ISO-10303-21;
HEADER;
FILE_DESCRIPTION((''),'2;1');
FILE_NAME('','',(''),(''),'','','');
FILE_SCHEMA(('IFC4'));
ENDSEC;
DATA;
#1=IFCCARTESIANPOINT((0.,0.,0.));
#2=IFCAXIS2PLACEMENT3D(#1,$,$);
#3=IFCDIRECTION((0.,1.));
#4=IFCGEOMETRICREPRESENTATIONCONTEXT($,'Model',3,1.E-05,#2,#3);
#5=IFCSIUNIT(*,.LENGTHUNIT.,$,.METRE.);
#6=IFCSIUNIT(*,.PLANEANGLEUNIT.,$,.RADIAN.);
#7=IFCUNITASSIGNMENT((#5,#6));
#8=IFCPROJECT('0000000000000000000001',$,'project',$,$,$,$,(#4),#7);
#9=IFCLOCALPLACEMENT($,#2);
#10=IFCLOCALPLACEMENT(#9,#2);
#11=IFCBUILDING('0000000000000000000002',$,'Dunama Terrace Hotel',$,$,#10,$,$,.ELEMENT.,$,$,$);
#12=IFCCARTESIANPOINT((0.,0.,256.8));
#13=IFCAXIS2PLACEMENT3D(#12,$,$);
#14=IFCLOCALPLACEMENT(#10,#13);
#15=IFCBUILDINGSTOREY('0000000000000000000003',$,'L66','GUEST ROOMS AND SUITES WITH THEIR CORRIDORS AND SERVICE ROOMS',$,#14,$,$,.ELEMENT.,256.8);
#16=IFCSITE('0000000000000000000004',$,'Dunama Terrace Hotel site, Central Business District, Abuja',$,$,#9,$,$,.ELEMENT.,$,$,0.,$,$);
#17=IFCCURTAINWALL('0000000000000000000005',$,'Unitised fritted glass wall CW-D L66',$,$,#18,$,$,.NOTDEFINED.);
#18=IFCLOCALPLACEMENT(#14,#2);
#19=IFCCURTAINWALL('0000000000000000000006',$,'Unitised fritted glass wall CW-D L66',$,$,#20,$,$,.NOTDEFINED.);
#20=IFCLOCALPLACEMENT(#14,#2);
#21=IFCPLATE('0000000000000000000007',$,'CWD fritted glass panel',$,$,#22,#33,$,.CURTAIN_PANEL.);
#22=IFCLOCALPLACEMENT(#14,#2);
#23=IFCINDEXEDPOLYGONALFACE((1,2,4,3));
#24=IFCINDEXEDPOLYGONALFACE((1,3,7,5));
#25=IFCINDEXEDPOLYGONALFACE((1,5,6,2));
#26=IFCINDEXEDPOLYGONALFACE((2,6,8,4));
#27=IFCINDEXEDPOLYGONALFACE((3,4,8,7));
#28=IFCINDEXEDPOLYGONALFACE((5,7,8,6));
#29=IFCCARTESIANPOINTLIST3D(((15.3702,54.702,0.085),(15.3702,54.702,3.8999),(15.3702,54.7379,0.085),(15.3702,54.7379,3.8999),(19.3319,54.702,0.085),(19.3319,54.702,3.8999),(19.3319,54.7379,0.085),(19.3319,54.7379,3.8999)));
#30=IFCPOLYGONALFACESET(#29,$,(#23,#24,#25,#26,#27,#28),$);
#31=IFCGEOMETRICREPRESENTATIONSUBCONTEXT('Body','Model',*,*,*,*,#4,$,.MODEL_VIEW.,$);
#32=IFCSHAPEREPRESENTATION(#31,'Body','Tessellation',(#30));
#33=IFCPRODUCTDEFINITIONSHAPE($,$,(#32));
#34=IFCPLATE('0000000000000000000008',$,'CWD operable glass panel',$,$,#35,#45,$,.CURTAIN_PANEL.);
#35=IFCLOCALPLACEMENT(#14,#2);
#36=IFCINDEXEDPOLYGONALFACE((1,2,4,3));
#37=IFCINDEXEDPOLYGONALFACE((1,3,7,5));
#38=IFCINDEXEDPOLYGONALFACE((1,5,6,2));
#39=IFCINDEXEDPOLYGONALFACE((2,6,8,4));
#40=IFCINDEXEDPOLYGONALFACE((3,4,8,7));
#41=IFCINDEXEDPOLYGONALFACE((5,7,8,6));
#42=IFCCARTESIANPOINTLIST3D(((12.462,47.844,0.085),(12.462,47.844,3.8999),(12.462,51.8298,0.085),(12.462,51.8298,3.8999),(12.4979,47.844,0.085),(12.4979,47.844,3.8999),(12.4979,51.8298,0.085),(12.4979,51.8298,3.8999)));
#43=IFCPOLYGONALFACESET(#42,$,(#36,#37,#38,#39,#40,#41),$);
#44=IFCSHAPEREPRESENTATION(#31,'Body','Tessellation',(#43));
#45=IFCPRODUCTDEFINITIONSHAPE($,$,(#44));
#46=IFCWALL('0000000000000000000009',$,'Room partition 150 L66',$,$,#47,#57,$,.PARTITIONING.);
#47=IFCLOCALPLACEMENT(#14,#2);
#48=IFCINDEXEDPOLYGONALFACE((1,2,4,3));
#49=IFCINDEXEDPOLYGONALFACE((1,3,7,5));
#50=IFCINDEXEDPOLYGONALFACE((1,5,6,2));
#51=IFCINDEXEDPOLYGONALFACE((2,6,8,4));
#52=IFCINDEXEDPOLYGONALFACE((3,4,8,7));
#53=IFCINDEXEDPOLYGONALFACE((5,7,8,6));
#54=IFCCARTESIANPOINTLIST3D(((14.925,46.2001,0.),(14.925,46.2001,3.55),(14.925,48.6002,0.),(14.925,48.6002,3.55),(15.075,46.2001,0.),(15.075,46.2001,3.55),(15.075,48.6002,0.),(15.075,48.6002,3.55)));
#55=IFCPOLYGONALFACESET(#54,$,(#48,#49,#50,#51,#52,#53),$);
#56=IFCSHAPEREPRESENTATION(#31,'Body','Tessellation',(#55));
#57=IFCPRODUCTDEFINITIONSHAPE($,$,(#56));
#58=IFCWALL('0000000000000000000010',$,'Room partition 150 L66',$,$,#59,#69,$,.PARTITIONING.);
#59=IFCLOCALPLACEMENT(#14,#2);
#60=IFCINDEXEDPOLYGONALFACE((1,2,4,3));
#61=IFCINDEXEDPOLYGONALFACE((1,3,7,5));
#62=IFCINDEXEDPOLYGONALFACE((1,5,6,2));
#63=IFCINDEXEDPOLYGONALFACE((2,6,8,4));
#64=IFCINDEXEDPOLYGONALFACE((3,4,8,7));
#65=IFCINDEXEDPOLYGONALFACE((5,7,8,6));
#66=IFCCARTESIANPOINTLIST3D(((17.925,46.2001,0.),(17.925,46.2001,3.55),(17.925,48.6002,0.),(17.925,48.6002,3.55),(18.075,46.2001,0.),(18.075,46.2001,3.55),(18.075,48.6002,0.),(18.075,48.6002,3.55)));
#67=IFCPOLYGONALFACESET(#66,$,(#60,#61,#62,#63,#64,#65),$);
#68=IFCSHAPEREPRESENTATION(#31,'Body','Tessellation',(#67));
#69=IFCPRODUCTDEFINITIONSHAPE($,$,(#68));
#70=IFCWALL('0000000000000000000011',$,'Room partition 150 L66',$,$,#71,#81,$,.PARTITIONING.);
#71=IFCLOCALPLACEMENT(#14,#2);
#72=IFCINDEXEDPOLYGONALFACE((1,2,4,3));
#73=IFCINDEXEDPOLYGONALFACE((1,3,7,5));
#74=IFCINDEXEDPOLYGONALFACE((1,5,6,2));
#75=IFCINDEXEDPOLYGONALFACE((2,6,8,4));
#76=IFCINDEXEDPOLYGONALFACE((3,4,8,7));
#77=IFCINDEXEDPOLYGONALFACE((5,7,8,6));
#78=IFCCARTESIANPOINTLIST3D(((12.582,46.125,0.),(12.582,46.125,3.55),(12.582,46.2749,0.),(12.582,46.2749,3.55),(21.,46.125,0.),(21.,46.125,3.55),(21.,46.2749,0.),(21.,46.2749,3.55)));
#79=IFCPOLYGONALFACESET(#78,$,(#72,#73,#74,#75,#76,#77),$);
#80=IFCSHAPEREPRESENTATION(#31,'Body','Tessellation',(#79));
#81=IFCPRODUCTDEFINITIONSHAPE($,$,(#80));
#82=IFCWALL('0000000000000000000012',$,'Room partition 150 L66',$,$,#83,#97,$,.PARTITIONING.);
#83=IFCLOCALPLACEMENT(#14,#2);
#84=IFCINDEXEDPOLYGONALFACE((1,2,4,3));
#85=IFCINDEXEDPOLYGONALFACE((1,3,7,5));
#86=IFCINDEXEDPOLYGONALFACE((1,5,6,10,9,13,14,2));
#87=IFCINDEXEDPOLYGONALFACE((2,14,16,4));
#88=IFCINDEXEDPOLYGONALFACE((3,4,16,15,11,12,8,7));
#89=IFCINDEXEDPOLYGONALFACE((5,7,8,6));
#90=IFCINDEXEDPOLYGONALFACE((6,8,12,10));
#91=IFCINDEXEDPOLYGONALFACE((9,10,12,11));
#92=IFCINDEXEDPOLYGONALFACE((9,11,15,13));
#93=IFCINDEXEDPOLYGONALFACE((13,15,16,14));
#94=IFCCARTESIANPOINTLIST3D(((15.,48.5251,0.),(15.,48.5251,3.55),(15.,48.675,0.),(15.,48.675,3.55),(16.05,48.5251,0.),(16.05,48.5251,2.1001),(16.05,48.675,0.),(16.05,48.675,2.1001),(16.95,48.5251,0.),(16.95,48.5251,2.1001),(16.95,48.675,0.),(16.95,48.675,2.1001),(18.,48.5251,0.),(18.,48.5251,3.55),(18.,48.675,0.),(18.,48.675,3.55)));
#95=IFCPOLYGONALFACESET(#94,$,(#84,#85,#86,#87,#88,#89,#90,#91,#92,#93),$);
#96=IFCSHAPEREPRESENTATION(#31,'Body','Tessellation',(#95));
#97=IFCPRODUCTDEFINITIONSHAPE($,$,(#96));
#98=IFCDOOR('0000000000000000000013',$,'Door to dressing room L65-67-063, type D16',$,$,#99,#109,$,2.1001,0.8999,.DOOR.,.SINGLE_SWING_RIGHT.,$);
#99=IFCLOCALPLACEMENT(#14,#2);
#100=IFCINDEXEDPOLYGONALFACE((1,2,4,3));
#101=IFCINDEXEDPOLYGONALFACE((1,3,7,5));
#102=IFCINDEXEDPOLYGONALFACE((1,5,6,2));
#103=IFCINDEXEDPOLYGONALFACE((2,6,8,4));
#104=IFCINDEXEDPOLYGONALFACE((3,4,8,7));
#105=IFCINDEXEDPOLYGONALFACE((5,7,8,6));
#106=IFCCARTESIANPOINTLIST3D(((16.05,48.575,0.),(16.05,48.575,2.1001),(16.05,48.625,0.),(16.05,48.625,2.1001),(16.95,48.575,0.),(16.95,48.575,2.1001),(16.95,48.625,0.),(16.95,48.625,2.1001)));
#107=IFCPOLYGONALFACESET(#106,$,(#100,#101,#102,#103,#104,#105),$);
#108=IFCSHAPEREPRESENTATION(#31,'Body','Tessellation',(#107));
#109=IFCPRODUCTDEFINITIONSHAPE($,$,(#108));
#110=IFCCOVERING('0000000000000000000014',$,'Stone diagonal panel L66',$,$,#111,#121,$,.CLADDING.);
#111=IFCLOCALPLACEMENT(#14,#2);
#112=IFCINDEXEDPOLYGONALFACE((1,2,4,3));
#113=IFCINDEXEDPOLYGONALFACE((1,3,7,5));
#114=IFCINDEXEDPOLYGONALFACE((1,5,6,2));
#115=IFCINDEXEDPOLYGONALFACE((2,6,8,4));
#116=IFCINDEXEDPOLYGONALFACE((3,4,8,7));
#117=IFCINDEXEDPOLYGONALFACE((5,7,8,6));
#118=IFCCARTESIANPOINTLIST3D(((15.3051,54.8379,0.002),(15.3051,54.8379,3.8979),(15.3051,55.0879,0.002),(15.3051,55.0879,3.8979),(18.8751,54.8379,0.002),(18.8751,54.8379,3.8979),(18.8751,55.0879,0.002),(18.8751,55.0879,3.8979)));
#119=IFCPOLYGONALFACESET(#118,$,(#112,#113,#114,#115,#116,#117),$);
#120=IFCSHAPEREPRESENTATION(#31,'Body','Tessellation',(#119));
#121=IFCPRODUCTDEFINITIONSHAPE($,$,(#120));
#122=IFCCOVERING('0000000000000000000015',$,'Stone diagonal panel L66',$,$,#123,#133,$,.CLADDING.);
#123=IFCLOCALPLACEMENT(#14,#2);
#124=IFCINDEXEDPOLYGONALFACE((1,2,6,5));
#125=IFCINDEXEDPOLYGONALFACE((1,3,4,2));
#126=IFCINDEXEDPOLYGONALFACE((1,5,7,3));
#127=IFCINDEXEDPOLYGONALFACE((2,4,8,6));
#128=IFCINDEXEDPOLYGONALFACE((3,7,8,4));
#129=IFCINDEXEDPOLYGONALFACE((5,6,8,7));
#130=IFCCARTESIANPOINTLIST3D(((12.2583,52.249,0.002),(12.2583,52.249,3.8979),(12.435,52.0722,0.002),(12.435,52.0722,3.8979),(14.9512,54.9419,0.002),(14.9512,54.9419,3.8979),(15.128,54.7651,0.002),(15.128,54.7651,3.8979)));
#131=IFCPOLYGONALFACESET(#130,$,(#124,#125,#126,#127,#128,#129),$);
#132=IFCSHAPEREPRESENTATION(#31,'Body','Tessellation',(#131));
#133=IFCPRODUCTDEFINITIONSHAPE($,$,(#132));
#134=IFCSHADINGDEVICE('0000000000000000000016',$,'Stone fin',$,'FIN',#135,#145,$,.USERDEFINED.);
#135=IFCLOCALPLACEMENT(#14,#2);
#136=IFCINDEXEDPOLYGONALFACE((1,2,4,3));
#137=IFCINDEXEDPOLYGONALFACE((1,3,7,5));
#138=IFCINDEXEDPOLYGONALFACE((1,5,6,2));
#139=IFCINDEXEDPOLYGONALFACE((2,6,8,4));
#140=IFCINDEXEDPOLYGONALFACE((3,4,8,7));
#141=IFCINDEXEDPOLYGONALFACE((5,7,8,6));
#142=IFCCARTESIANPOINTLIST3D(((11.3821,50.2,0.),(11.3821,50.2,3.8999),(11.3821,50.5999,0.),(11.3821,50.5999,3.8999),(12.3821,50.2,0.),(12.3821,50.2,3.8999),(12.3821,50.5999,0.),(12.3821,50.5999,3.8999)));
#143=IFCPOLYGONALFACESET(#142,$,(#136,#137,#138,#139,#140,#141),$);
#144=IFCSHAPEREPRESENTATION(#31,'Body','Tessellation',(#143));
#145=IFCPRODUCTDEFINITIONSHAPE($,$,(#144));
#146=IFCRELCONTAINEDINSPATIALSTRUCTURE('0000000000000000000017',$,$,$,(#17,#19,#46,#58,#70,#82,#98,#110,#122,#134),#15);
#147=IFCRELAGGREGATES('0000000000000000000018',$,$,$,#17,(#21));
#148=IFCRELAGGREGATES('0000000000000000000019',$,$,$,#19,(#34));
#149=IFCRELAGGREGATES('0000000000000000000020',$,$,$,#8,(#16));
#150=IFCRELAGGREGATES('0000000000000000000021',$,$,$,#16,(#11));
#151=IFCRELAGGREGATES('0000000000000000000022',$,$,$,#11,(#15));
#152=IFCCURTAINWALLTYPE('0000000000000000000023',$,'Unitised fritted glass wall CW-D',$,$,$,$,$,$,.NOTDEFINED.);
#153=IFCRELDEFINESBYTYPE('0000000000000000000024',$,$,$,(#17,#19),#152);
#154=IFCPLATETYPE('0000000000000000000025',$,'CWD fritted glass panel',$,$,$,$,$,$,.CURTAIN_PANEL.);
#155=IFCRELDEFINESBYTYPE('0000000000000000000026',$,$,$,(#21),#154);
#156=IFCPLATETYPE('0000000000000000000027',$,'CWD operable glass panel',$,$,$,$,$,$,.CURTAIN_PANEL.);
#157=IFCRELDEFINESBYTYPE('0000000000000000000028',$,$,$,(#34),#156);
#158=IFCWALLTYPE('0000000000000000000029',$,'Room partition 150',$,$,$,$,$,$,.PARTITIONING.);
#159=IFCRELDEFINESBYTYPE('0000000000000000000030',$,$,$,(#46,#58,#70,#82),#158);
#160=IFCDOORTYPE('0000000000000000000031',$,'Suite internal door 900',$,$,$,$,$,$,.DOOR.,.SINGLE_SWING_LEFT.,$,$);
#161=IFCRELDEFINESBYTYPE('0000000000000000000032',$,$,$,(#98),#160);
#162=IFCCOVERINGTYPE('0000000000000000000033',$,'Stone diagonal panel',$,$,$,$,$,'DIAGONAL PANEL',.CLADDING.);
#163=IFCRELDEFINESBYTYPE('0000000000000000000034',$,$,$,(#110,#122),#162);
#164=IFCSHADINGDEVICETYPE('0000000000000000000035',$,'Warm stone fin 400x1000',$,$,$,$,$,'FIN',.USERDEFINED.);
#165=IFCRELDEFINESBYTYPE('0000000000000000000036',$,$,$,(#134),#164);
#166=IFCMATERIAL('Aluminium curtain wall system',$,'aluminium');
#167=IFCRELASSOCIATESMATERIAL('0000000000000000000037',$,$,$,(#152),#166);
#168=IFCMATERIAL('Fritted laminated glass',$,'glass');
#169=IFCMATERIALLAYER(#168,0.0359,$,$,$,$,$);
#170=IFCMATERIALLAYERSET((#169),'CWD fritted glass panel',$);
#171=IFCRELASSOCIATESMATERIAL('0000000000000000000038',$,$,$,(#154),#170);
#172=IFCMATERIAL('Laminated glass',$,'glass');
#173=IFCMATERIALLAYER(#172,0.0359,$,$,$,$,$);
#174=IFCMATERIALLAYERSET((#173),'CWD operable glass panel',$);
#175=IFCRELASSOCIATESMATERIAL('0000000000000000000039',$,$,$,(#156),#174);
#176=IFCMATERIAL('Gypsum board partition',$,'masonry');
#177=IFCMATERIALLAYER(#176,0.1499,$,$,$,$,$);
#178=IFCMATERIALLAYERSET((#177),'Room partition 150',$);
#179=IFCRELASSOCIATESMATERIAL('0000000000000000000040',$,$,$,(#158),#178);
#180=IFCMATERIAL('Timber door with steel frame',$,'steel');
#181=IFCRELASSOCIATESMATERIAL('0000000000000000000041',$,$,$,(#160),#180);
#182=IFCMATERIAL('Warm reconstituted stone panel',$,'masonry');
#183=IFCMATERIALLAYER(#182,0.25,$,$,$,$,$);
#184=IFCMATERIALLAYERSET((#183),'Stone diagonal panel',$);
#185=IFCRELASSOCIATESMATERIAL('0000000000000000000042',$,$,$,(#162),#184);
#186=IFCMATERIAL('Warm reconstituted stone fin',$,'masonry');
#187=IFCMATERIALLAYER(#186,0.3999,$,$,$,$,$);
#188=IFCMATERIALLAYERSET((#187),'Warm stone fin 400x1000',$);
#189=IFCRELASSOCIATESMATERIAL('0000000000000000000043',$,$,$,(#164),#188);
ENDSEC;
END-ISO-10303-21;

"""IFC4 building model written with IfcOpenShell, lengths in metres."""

from ifc_helpers import new_model, si_unit, direction, frame, frame_2d, origin, origin_2d, place, context, subcontext, project, spatial, rectangle, extrude, material, layer, layer_set, type_object, element, fill, aggregate, save


model = new_model("IFC4")

# Units and contexts
model_context = context("Model", 3, precision=1e-05, world=origin(), true_north=direction((0.0, 1.0)))
body_context = subcontext(model_context, "Body", "Model", "MODEL_VIEW")
ifc_project = project(units=[si_unit("LENGTHUNIT", "METRE"), si_unit("PLANEANGLEUNIT", "RADIAN")], contexts=[model_context])

# Site, building, storey
site_placement = place(None, origin())
site = spatial("IfcSite", under=ifc_project, at=site_placement, Name="Dunama Terrace Hotel site, Central Business District, Abuja", CompositionType="ELEMENT", RefElevation=0.0)
building_placement = place(site_placement, origin())
building = spatial("IfcBuilding", under=site, at=building_placement, Name="Dunama Terrace Hotel", CompositionType="ELEMENT")
storey_placement = place(building_placement, frame((0.0, 0.0, 256.8)))
storey = spatial("IfcBuildingStorey", under=building, at=storey_placement, Name="L66", Description="GUEST ROOMS AND SUITES WITH THEIR CORRIDORS AND SERVICE ROOMS", CompositionType="ELEMENT", Elevation=256.8)

# Curtain wall
ifc_material_1 = material(Name="Aluminium curtain wall system", Category="aluminium")
curtain_wall_type = type_object("IfcCurtainWallType", Name="Unitised fritted glass wall CW-D", PredefinedType="NOTDEFINED", material=ifc_material_1)
curtain_wall_1_placement = place(storey_placement, origin())
curtain_wall_1 = element("IfcCurtainWall", 1, at=curtain_wall_1_placement, inside=storey, type_object=curtain_wall_type, Name="Unitised fritted glass wall CW-D L66", PredefinedType="NOTDEFINED")

# Curtain wall
curtain_wall_2_placement = place(storey_placement, origin())
curtain_wall_2 = element("IfcCurtainWall", 2, at=curtain_wall_2_placement, inside=storey, type_object=curtain_wall_type, Name="Unitised fritted glass wall CW-D L66", PredefinedType="NOTDEFINED")

# Plates
ifc_material_2 = material(Name="Fritted laminated glass", Category="glass")
ifc_layer_1 = layer(ifc_material_2, 0.0359)
ifc_layer_set_1 = layer_set([ifc_layer_1], Name="CWD fritted glass panel")
plate_type_1 = type_object("IfcPlateType", Name="CWD fritted glass panel", PredefinedType="CURTAIN_PANEL", material=ifc_layer_set_1)
plate_1_placement = place(storey_placement, frame((17.3511, 54.72, 0.085), z_axis=(0.0, 0.0, 1.0), x_axis=(-1.0, 0.0, 0.0)))
plate_1 = element("IfcPlate", 3, at=plate_1_placement, type_object=plate_type_1, Name="CWD fritted glass panel", PredefinedType="CURTAIN_PANEL", context=body_context, shape_type="SweptSolid", body=[
    extrude(rectangle(XDim=3.9617, YDim=0.0359, at=origin_2d()), origin(), (0.0, 0.0, 1.0), 3.8149),
])
aggregate(curtain_wall_1, [plate_1])
ifc_material_3 = material(Name="Laminated glass", Category="glass")
ifc_layer_2 = layer(ifc_material_3, 0.0359)
ifc_layer_set_2 = layer_set([ifc_layer_2], Name="CWD operable glass panel")
plate_type_2 = type_object("IfcPlateType", Name="CWD operable glass panel", PredefinedType="CURTAIN_PANEL", material=ifc_layer_set_2)
plate_2_placement = place(storey_placement, frame((12.48, 49.8369, 0.085), z_axis=(0.0, 0.0, 1.0), x_axis=(0.0, -1.0, 0.0)))
plate_2 = element("IfcPlate", 4, at=plate_2_placement, type_object=plate_type_2, Name="CWD operable glass panel", PredefinedType="CURTAIN_PANEL", context=body_context, shape_type="SweptSolid", body=[
    extrude(rectangle(XDim=3.9858, YDim=0.0359, at=origin_2d()), origin(), (0.0, 0.0, 1.0), 3.8149),
])
aggregate(curtain_wall_2, [plate_2])

# Walls
ifc_material_4 = material(Name="Gypsum board partition", Category="masonry")
ifc_layer_3 = layer(ifc_material_4, 0.1499)
ifc_layer_set_3 = layer_set([ifc_layer_3], Name="Room partition 150")
wall_type = type_object("IfcWallType", Name="Room partition 150", PredefinedType="PARTITIONING", material=ifc_layer_set_3)
for number, where, z_axis, x_axis, name in (
    (5, (15.0, 46.2, 0.0), (0.0, 0.0, 1.0), (0.0, 1.0, 0.0), "Room partition 150 L66"),
    (6, (18.0, 46.2, 0.0), (0.0, 0.0, 1.0), (0.0, 1.0, 0.0), "Room partition 150 L66"),
):
    element("IfcWall", number, at=place(storey_placement, frame(where, z_axis=z_axis, x_axis=x_axis)), inside=storey, type_object=wall_type, Name=name, PredefinedType="PARTITIONING", context=body_context, shape_type="SweptSolid", body=[
        extrude(rectangle(XDim=2.4001, YDim=0.1499, at=frame_2d((1.2002, 0.0))), origin(), (0.0, 0.0, 1.0), 3.55),
    ])
wall_1_placement = place(storey_placement, frame((12.582, 46.2, 0.0), z_axis=(0.0, 0.0, 1.0), x_axis=(1.0, 0.0, 0.0)))
element("IfcWall", 7, at=wall_1_placement, inside=storey, type_object=wall_type, Name="Room partition 150 L66", PredefinedType="PARTITIONING", context=body_context, shape_type="SweptSolid", body=[
    extrude(rectangle(XDim=8.418, YDim=0.1499, at=frame_2d((4.209, 0.0))), origin(), (0.0, 0.0, 1.0), 3.55),
])

# Wall, opening, door
wall_2_placement = place(storey_placement, frame((15.0, 48.6001, 0.0), z_axis=(0.0, 0.0, 1.0), x_axis=(1.0, 0.0, 0.0)))
wall_2 = element("IfcWall", 8, at=wall_2_placement, inside=storey, type_object=wall_type, Name="Room partition 150 L66", PredefinedType="PARTITIONING", context=body_context, shape_type="SweptSolid", body=[
    extrude(rectangle(XDim=3.0, YDim=0.1499, at=frame_2d((1.5, 0.0))), origin(), (0.0, 0.0, 1.0), 3.55),
])
opening_placement = place(wall_2_placement, frame((1.05, 0.0, 0.0)))
opening = element("IfcOpeningElement", 9, at=opening_placement, cuts=wall_2, PredefinedType="OPENING", context=body_context, shape_type="SweptSolid", body=[
    extrude(rectangle(XDim=0.8999, YDim=2.1001, at=frame_2d((0.45, 1.05))), frame((0.0, 0.085, 0.0), z_axis=(0.0, -1.0, 0.0), x_axis=(1.0, 0.0, 0.0)), (0.0, 0.0, 1.0), 0.1699),
])
ifc_material_5 = material(Name="Timber door with steel frame", Category="steel")
door_type = type_object("IfcDoorType", Name="Suite internal door 900", OperationType="SINGLE_SWING_LEFT", PredefinedType="DOOR", material=ifc_material_5)
door_placement = place(opening_placement, frame((0.8999, 0.0, 0.0), z_axis=(0.0, 0.0, 1.0), x_axis=(-1.0, 0.0, 0.0)))
door = element("IfcDoor", 10, at=door_placement, inside=storey, type_object=door_type, Name="Door to dressing room L65-67-063, type D16", OperationType="SINGLE_SWING_RIGHT", OverallHeight=2.1001, OverallWidth=0.8999, PredefinedType="DOOR", context=body_context, shape_type="SweptSolid", body=[
    extrude(rectangle(XDim=0.8999, YDim=2.1001, at=frame_2d((0.45, 1.05))), frame((0.0, 0.0251, 0.0), z_axis=(0.0, -1.0, 0.0), x_axis=(1.0, 0.0, 0.0)), (0.0, 0.0, 1.0), 0.05),
])
fill(opening, door)

# Coverings
ifc_material_6 = material(Name="Warm reconstituted stone panel", Category="masonry")
ifc_layer_4 = layer(ifc_material_6, 0.25)
ifc_layer_set_4 = layer_set([ifc_layer_4], Name="Stone diagonal panel")
covering_type = type_object("IfcCoveringType", Name="Stone diagonal panel", ElementType="DIAGONAL PANEL", PredefinedType="CLADDING", material=ifc_layer_set_4)
covering_1_placement = place(storey_placement, frame((17.0901, 54.9629, 0.002), z_axis=(0.0, 0.0, 1.0), x_axis=(-1.0, 0.0, 0.0)))
element("IfcCovering", 11, at=covering_1_placement, inside=storey, type_object=covering_type, Name="Stone diagonal panel L66", PredefinedType="CLADDING", context=body_context, shape_type="SweptSolid", body=[
    extrude(rectangle(XDim=3.5701, YDim=0.25, at=origin_2d()), origin(), (0.0, 0.0, 1.0), 3.896),
])
covering_2_placement = place(storey_placement, frame((13.6931, 53.5071, 0.002), z_axis=(0.0, 0.0, 1.0), x_axis=(-0.707107, -0.707107, 0.0)))
element("IfcCovering", 12, at=covering_2_placement, inside=storey, type_object=covering_type, Name="Stone diagonal panel L66", PredefinedType="CLADDING", context=body_context, shape_type="SweptSolid", body=[
    extrude(rectangle(XDim=3.8083, YDim=0.25, at=origin_2d()), origin(), (0.0, 0.0, 1.0), 3.896),
])

# Shading device
ifc_material_7 = material(Name="Warm reconstituted stone fin", Category="masonry")
ifc_layer_5 = layer(ifc_material_7, 0.3999)
ifc_layer_set_5 = layer_set([ifc_layer_5], Name="Warm stone fin 400x1000")
shading_device_type = type_object("IfcShadingDeviceType", Name="Warm stone fin 400x1000", ElementType="FIN", PredefinedType="USERDEFINED", material=ifc_layer_set_5)
shading_device_placement = place(storey_placement, frame((11.8821, 50.3999, 0.0), z_axis=(0.0, 0.0, 1.0), x_axis=(0.0, -1.0, 0.0)))
element("IfcShadingDevice", 13, at=shading_device_placement, inside=storey, type_object=shading_device_type, Name="Stone fin", ObjectType="FIN", PredefinedType="USERDEFINED", context=body_context, shape_type="SweptSolid", body=[
    extrude(rectangle(XDim=0.3999, YDim=1.0, at=origin_2d()), origin(), (0.0, 0.0, 1.0), 3.8999),
])

save(model, "model.ifc")
